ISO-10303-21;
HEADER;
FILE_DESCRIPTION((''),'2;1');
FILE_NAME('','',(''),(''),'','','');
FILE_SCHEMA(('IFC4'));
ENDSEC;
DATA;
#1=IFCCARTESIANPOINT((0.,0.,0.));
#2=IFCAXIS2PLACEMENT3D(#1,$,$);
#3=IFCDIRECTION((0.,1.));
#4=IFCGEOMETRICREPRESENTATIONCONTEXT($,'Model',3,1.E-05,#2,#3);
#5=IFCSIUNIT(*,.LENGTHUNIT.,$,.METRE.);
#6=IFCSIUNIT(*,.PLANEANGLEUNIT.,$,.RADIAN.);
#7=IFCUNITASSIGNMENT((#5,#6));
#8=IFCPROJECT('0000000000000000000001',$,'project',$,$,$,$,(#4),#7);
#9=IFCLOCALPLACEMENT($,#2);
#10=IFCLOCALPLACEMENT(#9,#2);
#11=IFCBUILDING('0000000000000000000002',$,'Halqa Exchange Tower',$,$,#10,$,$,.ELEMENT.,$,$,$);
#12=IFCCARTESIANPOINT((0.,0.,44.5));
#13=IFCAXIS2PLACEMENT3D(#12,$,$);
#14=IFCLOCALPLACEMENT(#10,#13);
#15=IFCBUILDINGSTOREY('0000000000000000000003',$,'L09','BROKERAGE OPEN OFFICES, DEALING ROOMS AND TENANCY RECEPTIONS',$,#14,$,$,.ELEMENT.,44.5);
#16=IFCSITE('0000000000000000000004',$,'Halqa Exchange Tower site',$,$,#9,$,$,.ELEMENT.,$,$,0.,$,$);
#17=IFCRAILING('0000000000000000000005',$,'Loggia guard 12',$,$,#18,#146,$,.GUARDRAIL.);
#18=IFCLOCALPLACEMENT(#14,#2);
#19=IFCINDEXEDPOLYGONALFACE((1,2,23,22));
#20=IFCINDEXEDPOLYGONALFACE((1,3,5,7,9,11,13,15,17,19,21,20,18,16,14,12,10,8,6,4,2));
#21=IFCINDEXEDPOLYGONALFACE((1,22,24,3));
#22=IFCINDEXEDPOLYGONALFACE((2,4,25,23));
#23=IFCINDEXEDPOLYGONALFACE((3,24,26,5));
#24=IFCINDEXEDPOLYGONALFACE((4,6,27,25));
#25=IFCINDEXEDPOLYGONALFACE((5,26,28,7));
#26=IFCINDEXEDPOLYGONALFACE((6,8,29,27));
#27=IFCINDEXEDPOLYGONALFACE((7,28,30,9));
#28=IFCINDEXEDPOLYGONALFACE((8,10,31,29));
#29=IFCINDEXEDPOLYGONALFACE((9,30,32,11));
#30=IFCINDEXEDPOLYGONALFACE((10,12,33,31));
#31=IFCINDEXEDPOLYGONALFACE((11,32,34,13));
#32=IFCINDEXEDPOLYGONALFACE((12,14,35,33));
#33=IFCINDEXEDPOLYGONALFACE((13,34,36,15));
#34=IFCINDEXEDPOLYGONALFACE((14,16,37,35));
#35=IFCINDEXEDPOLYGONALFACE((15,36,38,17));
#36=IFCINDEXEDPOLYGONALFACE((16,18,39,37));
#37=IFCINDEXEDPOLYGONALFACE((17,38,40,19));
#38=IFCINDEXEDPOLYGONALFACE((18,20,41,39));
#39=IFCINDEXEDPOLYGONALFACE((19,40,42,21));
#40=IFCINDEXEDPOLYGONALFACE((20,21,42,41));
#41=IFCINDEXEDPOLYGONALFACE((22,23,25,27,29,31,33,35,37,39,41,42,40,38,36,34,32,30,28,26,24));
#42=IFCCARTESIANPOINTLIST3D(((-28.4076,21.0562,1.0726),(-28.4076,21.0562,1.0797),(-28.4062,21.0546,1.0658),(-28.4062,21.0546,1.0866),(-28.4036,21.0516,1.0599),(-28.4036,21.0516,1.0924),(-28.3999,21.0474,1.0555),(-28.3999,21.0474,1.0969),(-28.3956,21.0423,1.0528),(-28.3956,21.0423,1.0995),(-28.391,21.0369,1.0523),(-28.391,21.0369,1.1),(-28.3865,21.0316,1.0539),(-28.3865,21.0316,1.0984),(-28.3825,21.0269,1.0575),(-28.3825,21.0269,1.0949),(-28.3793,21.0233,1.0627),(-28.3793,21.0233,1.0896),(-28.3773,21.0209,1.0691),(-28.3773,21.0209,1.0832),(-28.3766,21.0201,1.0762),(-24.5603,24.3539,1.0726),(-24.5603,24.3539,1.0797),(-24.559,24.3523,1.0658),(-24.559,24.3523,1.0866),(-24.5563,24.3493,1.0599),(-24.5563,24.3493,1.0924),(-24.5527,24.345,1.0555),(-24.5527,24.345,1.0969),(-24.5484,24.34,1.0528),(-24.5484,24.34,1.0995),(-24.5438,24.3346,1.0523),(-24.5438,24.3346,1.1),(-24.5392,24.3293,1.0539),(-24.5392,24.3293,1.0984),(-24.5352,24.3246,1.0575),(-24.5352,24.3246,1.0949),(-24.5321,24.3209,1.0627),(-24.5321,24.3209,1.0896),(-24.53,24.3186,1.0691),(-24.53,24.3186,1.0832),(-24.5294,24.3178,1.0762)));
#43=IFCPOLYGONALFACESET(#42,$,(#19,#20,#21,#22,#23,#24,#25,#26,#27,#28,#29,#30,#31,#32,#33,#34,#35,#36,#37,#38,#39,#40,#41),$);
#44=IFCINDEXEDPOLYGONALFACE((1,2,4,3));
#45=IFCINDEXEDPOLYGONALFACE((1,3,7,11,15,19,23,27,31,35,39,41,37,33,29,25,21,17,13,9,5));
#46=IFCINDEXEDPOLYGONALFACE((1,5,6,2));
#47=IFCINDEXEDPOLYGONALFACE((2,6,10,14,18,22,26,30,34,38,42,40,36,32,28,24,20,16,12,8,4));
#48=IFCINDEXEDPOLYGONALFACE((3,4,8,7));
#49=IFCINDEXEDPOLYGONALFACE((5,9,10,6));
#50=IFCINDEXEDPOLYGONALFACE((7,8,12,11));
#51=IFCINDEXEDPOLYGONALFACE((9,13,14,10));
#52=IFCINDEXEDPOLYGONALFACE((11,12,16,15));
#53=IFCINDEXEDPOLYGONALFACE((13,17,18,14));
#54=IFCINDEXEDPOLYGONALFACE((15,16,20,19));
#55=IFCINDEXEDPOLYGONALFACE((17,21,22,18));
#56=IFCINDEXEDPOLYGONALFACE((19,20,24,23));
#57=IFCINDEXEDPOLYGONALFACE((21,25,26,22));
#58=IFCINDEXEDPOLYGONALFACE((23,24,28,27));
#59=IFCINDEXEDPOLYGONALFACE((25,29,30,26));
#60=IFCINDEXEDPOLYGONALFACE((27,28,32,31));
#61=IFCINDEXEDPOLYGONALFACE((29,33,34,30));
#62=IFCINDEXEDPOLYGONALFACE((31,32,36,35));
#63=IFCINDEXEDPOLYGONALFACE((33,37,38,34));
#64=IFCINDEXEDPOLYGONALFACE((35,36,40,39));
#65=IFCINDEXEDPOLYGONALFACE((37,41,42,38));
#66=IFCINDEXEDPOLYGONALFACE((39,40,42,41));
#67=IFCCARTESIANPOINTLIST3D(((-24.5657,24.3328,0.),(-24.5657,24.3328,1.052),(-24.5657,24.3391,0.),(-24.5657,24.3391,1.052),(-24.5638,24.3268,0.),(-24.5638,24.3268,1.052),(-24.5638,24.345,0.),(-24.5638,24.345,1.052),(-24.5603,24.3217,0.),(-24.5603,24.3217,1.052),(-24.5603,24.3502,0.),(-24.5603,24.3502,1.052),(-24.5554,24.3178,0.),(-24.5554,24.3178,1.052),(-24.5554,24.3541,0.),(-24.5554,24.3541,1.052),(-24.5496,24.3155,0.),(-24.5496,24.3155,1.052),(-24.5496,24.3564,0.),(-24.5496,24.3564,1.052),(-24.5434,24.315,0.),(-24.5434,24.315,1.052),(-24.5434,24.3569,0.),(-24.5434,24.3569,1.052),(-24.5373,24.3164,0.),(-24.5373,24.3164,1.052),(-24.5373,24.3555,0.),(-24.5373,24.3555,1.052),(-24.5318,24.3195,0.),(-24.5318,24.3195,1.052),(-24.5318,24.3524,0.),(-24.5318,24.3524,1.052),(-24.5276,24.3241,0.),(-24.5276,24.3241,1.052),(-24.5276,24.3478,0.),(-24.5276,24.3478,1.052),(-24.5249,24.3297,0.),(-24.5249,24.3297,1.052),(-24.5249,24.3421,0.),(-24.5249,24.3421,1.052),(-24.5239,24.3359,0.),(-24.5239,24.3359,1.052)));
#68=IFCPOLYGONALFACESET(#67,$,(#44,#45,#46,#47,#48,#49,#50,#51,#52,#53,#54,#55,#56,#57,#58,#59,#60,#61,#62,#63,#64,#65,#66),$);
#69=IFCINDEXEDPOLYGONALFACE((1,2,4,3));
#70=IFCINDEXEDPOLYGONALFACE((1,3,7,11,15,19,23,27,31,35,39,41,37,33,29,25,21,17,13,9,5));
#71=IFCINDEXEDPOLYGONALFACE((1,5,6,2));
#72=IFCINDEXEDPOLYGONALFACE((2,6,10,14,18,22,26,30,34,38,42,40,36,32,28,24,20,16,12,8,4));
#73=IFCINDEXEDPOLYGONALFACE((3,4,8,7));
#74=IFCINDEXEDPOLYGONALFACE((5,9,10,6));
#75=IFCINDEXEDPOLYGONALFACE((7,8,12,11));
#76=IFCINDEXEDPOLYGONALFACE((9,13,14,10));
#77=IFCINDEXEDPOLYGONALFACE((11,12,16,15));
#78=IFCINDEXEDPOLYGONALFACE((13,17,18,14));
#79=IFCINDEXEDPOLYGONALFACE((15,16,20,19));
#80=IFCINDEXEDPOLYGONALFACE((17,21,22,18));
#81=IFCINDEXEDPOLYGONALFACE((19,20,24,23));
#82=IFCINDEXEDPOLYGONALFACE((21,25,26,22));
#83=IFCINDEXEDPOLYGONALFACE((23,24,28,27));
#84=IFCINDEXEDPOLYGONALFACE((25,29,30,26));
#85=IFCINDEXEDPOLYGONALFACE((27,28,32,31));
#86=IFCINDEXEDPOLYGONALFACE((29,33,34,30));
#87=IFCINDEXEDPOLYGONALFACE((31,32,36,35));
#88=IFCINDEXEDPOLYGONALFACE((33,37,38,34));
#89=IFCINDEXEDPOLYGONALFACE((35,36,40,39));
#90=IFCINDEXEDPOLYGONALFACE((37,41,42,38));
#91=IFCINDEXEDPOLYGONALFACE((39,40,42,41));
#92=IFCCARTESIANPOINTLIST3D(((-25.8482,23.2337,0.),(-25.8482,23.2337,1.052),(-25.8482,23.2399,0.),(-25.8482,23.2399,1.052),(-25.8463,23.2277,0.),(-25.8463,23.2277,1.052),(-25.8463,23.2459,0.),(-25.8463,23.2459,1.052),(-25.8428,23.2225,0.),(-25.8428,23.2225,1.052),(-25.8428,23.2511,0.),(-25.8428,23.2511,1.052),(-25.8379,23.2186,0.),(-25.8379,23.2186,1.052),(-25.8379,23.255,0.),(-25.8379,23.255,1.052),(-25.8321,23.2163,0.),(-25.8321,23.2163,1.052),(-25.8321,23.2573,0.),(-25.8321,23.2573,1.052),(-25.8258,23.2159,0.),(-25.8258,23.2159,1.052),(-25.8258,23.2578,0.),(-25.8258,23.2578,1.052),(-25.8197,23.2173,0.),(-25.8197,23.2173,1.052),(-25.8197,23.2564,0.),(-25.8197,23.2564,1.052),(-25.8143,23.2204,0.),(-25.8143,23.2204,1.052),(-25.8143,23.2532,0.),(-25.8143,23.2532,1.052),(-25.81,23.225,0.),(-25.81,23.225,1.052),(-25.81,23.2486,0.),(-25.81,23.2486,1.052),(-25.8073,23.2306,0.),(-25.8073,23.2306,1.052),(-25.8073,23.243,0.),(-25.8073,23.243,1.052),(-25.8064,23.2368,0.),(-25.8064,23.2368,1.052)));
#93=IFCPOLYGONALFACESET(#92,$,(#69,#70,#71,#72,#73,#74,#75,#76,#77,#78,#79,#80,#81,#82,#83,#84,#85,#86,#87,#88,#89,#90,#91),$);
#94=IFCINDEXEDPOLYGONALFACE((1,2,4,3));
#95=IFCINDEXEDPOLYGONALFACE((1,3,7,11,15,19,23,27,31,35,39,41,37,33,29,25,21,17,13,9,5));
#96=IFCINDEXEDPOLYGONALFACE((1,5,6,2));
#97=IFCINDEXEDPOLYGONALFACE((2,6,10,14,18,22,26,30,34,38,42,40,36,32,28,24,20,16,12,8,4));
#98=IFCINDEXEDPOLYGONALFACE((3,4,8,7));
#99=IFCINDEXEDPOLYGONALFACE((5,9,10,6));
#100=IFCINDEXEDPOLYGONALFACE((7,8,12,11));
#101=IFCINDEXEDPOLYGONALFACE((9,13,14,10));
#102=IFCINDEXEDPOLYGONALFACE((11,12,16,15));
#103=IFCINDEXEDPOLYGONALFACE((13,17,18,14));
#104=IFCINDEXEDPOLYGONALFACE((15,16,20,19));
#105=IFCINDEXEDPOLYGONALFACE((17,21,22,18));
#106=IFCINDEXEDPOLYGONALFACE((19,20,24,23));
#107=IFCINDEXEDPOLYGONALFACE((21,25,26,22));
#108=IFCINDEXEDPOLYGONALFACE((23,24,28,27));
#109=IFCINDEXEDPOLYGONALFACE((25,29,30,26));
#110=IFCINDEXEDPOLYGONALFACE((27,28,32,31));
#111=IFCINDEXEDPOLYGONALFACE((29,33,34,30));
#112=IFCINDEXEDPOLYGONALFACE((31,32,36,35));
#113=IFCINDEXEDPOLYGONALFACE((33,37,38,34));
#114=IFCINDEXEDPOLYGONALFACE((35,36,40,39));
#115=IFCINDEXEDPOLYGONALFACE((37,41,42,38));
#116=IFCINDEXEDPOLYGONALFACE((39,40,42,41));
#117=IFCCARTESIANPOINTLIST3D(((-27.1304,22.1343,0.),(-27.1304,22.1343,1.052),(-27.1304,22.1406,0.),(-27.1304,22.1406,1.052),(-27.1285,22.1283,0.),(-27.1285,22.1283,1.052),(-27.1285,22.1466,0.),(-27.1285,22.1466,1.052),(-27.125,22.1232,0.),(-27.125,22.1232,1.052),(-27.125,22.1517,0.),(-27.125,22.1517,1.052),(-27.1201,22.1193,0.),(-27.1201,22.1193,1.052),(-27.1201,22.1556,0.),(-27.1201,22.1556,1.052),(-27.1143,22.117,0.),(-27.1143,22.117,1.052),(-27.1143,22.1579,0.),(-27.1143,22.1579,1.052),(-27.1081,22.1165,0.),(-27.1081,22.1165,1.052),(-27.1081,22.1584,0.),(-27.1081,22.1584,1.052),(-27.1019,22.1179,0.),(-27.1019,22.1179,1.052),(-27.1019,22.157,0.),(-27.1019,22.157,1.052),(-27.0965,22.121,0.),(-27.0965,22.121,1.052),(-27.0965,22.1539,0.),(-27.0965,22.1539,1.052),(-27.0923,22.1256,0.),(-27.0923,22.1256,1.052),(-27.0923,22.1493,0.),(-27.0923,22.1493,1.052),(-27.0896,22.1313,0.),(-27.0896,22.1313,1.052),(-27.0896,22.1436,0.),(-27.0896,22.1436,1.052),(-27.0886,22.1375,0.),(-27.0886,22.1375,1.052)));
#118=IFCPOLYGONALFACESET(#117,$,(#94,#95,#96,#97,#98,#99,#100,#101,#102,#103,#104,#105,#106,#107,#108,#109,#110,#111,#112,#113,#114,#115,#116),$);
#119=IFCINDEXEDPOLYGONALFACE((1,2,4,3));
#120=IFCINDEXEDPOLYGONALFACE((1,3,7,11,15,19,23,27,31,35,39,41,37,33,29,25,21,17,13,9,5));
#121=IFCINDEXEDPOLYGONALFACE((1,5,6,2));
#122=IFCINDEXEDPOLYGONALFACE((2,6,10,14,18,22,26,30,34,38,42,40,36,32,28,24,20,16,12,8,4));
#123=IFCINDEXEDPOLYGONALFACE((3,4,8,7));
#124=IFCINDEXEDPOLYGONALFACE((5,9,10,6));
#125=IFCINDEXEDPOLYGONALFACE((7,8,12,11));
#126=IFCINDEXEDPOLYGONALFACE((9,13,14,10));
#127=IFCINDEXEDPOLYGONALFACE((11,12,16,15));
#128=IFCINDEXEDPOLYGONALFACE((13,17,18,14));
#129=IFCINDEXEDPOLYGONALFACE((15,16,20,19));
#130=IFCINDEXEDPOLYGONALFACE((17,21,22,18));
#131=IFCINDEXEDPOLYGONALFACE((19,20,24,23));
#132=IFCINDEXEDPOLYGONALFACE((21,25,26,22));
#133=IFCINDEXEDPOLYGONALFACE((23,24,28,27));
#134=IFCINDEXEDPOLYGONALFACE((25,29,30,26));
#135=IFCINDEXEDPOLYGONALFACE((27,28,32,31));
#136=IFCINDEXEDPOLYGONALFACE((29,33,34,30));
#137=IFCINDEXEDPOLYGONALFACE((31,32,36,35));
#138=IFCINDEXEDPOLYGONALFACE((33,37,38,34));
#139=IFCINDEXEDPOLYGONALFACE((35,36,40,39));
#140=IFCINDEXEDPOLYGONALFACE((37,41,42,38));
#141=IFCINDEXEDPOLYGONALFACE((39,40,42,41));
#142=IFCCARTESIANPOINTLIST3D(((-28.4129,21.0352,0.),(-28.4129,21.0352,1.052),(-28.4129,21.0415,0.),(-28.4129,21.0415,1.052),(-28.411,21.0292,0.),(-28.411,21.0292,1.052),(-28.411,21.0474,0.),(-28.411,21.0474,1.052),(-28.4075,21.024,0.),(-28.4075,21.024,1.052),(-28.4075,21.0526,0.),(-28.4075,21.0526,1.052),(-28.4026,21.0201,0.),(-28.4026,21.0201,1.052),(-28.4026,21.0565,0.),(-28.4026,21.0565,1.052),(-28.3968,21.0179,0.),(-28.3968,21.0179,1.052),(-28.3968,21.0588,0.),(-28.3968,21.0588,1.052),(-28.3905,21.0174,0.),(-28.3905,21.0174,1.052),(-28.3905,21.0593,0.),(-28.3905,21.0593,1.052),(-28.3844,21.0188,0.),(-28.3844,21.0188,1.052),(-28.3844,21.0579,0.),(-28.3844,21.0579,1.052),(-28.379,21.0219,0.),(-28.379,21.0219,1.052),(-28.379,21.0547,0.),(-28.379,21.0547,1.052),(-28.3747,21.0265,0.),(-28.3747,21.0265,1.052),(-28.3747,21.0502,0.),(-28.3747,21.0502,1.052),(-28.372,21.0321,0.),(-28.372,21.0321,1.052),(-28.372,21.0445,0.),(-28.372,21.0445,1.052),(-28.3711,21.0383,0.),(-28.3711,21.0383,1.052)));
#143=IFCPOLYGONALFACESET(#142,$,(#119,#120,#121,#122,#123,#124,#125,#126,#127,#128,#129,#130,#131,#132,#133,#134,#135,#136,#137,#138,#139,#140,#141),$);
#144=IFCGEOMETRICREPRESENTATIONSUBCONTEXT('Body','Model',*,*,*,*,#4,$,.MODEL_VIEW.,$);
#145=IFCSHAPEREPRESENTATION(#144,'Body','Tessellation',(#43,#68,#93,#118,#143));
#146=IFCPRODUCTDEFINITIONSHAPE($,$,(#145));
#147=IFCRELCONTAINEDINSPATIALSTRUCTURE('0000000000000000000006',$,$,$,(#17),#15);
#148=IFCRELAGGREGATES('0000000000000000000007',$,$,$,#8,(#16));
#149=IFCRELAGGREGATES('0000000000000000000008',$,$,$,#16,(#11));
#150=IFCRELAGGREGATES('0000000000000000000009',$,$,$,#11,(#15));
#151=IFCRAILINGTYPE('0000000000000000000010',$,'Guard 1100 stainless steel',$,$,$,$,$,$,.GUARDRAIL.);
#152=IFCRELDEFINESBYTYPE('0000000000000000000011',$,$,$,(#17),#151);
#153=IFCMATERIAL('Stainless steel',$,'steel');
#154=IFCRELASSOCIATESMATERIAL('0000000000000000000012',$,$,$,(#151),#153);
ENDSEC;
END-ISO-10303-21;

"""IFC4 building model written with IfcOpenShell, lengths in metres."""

from ifc_helpers import new_model, si_unit, direction, frame, origin, origin_2d, place, context, subcontext, project, spatial, circle, extrude, material, type_object, element, save


model = new_model("IFC4")

# Units and contexts
model_context = context("Model", 3, precision=1e-05, world=origin(), true_north=direction((0.0, 1.0)))
body_context = subcontext(model_context, "Body", "Model", "MODEL_VIEW")
ifc_project = project(units=[si_unit("LENGTHUNIT", "METRE"), si_unit("PLANEANGLEUNIT", "RADIAN")], contexts=[model_context])

# Site, building, storey
site_placement = place(None, origin())
site = spatial("IfcSite", under=ifc_project, at=site_placement, Name="Halqa Exchange Tower site", CompositionType="ELEMENT", RefElevation=0.0)
building_placement = place(site_placement, origin())
building = spatial("IfcBuilding", under=site, at=building_placement, Name="Halqa Exchange Tower", CompositionType="ELEMENT")
storey_placement = place(building_placement, frame((0.0, 0.0, 44.5)))
storey = spatial("IfcBuildingStorey", under=building, at=storey_placement, Name="L09", Description="BROKERAGE OPEN OFFICES, DEALING ROOMS AND TENANCY RECEPTIONS", CompositionType="ELEMENT", Elevation=44.5)

# Railing
ifc_material_1 = material(Name="Stainless steel", Category="steel")
railing_type = type_object("IfcRailingType", Name="Guard 1100 stainless steel", PredefinedType="GUARDRAIL", material=ifc_material_1)
railing_1_placement = place(storey_placement, frame((-24.5449, 24.3359, 0.0)))
element("IfcRailing", 1, at=railing_1_placement, inside=storey, type_object=railing_type, Name="Loggia guard 12", PredefinedType="GUARDRAIL", context=body_context, shape_type="SweptSolid", body=[
    extrude(circle(Radius=0.0239, at=origin_2d()), frame((0.0, 0.0, 1.0762), z_axis=(-0.759253, -0.650795, 0.0), x_axis=(0.650795, -0.759253, 0.0)), (0.0, 0.0, 1.0), 5.0671),
    extrude(circle(Radius=0.021, at=origin_2d()), origin(), (0.0, 0.0, 1.0), 1.052),
    extrude(circle(Radius=0.021, at=origin_2d()), frame((-1.2825, -1.0991, 0.0)), (0.0, 0.0, 1.0), 1.052),
    extrude(circle(Radius=0.021, at=origin_2d()), frame((-2.5647, -2.1985, 0.0)), (0.0, 0.0, 1.0), 1.052),
    extrude(circle(Radius=0.021, at=origin_2d()), frame((-3.8472, -3.2976, 0.0)), (0.0, 0.0, 1.0), 1.052),
])

save(model, "model.ifc")
